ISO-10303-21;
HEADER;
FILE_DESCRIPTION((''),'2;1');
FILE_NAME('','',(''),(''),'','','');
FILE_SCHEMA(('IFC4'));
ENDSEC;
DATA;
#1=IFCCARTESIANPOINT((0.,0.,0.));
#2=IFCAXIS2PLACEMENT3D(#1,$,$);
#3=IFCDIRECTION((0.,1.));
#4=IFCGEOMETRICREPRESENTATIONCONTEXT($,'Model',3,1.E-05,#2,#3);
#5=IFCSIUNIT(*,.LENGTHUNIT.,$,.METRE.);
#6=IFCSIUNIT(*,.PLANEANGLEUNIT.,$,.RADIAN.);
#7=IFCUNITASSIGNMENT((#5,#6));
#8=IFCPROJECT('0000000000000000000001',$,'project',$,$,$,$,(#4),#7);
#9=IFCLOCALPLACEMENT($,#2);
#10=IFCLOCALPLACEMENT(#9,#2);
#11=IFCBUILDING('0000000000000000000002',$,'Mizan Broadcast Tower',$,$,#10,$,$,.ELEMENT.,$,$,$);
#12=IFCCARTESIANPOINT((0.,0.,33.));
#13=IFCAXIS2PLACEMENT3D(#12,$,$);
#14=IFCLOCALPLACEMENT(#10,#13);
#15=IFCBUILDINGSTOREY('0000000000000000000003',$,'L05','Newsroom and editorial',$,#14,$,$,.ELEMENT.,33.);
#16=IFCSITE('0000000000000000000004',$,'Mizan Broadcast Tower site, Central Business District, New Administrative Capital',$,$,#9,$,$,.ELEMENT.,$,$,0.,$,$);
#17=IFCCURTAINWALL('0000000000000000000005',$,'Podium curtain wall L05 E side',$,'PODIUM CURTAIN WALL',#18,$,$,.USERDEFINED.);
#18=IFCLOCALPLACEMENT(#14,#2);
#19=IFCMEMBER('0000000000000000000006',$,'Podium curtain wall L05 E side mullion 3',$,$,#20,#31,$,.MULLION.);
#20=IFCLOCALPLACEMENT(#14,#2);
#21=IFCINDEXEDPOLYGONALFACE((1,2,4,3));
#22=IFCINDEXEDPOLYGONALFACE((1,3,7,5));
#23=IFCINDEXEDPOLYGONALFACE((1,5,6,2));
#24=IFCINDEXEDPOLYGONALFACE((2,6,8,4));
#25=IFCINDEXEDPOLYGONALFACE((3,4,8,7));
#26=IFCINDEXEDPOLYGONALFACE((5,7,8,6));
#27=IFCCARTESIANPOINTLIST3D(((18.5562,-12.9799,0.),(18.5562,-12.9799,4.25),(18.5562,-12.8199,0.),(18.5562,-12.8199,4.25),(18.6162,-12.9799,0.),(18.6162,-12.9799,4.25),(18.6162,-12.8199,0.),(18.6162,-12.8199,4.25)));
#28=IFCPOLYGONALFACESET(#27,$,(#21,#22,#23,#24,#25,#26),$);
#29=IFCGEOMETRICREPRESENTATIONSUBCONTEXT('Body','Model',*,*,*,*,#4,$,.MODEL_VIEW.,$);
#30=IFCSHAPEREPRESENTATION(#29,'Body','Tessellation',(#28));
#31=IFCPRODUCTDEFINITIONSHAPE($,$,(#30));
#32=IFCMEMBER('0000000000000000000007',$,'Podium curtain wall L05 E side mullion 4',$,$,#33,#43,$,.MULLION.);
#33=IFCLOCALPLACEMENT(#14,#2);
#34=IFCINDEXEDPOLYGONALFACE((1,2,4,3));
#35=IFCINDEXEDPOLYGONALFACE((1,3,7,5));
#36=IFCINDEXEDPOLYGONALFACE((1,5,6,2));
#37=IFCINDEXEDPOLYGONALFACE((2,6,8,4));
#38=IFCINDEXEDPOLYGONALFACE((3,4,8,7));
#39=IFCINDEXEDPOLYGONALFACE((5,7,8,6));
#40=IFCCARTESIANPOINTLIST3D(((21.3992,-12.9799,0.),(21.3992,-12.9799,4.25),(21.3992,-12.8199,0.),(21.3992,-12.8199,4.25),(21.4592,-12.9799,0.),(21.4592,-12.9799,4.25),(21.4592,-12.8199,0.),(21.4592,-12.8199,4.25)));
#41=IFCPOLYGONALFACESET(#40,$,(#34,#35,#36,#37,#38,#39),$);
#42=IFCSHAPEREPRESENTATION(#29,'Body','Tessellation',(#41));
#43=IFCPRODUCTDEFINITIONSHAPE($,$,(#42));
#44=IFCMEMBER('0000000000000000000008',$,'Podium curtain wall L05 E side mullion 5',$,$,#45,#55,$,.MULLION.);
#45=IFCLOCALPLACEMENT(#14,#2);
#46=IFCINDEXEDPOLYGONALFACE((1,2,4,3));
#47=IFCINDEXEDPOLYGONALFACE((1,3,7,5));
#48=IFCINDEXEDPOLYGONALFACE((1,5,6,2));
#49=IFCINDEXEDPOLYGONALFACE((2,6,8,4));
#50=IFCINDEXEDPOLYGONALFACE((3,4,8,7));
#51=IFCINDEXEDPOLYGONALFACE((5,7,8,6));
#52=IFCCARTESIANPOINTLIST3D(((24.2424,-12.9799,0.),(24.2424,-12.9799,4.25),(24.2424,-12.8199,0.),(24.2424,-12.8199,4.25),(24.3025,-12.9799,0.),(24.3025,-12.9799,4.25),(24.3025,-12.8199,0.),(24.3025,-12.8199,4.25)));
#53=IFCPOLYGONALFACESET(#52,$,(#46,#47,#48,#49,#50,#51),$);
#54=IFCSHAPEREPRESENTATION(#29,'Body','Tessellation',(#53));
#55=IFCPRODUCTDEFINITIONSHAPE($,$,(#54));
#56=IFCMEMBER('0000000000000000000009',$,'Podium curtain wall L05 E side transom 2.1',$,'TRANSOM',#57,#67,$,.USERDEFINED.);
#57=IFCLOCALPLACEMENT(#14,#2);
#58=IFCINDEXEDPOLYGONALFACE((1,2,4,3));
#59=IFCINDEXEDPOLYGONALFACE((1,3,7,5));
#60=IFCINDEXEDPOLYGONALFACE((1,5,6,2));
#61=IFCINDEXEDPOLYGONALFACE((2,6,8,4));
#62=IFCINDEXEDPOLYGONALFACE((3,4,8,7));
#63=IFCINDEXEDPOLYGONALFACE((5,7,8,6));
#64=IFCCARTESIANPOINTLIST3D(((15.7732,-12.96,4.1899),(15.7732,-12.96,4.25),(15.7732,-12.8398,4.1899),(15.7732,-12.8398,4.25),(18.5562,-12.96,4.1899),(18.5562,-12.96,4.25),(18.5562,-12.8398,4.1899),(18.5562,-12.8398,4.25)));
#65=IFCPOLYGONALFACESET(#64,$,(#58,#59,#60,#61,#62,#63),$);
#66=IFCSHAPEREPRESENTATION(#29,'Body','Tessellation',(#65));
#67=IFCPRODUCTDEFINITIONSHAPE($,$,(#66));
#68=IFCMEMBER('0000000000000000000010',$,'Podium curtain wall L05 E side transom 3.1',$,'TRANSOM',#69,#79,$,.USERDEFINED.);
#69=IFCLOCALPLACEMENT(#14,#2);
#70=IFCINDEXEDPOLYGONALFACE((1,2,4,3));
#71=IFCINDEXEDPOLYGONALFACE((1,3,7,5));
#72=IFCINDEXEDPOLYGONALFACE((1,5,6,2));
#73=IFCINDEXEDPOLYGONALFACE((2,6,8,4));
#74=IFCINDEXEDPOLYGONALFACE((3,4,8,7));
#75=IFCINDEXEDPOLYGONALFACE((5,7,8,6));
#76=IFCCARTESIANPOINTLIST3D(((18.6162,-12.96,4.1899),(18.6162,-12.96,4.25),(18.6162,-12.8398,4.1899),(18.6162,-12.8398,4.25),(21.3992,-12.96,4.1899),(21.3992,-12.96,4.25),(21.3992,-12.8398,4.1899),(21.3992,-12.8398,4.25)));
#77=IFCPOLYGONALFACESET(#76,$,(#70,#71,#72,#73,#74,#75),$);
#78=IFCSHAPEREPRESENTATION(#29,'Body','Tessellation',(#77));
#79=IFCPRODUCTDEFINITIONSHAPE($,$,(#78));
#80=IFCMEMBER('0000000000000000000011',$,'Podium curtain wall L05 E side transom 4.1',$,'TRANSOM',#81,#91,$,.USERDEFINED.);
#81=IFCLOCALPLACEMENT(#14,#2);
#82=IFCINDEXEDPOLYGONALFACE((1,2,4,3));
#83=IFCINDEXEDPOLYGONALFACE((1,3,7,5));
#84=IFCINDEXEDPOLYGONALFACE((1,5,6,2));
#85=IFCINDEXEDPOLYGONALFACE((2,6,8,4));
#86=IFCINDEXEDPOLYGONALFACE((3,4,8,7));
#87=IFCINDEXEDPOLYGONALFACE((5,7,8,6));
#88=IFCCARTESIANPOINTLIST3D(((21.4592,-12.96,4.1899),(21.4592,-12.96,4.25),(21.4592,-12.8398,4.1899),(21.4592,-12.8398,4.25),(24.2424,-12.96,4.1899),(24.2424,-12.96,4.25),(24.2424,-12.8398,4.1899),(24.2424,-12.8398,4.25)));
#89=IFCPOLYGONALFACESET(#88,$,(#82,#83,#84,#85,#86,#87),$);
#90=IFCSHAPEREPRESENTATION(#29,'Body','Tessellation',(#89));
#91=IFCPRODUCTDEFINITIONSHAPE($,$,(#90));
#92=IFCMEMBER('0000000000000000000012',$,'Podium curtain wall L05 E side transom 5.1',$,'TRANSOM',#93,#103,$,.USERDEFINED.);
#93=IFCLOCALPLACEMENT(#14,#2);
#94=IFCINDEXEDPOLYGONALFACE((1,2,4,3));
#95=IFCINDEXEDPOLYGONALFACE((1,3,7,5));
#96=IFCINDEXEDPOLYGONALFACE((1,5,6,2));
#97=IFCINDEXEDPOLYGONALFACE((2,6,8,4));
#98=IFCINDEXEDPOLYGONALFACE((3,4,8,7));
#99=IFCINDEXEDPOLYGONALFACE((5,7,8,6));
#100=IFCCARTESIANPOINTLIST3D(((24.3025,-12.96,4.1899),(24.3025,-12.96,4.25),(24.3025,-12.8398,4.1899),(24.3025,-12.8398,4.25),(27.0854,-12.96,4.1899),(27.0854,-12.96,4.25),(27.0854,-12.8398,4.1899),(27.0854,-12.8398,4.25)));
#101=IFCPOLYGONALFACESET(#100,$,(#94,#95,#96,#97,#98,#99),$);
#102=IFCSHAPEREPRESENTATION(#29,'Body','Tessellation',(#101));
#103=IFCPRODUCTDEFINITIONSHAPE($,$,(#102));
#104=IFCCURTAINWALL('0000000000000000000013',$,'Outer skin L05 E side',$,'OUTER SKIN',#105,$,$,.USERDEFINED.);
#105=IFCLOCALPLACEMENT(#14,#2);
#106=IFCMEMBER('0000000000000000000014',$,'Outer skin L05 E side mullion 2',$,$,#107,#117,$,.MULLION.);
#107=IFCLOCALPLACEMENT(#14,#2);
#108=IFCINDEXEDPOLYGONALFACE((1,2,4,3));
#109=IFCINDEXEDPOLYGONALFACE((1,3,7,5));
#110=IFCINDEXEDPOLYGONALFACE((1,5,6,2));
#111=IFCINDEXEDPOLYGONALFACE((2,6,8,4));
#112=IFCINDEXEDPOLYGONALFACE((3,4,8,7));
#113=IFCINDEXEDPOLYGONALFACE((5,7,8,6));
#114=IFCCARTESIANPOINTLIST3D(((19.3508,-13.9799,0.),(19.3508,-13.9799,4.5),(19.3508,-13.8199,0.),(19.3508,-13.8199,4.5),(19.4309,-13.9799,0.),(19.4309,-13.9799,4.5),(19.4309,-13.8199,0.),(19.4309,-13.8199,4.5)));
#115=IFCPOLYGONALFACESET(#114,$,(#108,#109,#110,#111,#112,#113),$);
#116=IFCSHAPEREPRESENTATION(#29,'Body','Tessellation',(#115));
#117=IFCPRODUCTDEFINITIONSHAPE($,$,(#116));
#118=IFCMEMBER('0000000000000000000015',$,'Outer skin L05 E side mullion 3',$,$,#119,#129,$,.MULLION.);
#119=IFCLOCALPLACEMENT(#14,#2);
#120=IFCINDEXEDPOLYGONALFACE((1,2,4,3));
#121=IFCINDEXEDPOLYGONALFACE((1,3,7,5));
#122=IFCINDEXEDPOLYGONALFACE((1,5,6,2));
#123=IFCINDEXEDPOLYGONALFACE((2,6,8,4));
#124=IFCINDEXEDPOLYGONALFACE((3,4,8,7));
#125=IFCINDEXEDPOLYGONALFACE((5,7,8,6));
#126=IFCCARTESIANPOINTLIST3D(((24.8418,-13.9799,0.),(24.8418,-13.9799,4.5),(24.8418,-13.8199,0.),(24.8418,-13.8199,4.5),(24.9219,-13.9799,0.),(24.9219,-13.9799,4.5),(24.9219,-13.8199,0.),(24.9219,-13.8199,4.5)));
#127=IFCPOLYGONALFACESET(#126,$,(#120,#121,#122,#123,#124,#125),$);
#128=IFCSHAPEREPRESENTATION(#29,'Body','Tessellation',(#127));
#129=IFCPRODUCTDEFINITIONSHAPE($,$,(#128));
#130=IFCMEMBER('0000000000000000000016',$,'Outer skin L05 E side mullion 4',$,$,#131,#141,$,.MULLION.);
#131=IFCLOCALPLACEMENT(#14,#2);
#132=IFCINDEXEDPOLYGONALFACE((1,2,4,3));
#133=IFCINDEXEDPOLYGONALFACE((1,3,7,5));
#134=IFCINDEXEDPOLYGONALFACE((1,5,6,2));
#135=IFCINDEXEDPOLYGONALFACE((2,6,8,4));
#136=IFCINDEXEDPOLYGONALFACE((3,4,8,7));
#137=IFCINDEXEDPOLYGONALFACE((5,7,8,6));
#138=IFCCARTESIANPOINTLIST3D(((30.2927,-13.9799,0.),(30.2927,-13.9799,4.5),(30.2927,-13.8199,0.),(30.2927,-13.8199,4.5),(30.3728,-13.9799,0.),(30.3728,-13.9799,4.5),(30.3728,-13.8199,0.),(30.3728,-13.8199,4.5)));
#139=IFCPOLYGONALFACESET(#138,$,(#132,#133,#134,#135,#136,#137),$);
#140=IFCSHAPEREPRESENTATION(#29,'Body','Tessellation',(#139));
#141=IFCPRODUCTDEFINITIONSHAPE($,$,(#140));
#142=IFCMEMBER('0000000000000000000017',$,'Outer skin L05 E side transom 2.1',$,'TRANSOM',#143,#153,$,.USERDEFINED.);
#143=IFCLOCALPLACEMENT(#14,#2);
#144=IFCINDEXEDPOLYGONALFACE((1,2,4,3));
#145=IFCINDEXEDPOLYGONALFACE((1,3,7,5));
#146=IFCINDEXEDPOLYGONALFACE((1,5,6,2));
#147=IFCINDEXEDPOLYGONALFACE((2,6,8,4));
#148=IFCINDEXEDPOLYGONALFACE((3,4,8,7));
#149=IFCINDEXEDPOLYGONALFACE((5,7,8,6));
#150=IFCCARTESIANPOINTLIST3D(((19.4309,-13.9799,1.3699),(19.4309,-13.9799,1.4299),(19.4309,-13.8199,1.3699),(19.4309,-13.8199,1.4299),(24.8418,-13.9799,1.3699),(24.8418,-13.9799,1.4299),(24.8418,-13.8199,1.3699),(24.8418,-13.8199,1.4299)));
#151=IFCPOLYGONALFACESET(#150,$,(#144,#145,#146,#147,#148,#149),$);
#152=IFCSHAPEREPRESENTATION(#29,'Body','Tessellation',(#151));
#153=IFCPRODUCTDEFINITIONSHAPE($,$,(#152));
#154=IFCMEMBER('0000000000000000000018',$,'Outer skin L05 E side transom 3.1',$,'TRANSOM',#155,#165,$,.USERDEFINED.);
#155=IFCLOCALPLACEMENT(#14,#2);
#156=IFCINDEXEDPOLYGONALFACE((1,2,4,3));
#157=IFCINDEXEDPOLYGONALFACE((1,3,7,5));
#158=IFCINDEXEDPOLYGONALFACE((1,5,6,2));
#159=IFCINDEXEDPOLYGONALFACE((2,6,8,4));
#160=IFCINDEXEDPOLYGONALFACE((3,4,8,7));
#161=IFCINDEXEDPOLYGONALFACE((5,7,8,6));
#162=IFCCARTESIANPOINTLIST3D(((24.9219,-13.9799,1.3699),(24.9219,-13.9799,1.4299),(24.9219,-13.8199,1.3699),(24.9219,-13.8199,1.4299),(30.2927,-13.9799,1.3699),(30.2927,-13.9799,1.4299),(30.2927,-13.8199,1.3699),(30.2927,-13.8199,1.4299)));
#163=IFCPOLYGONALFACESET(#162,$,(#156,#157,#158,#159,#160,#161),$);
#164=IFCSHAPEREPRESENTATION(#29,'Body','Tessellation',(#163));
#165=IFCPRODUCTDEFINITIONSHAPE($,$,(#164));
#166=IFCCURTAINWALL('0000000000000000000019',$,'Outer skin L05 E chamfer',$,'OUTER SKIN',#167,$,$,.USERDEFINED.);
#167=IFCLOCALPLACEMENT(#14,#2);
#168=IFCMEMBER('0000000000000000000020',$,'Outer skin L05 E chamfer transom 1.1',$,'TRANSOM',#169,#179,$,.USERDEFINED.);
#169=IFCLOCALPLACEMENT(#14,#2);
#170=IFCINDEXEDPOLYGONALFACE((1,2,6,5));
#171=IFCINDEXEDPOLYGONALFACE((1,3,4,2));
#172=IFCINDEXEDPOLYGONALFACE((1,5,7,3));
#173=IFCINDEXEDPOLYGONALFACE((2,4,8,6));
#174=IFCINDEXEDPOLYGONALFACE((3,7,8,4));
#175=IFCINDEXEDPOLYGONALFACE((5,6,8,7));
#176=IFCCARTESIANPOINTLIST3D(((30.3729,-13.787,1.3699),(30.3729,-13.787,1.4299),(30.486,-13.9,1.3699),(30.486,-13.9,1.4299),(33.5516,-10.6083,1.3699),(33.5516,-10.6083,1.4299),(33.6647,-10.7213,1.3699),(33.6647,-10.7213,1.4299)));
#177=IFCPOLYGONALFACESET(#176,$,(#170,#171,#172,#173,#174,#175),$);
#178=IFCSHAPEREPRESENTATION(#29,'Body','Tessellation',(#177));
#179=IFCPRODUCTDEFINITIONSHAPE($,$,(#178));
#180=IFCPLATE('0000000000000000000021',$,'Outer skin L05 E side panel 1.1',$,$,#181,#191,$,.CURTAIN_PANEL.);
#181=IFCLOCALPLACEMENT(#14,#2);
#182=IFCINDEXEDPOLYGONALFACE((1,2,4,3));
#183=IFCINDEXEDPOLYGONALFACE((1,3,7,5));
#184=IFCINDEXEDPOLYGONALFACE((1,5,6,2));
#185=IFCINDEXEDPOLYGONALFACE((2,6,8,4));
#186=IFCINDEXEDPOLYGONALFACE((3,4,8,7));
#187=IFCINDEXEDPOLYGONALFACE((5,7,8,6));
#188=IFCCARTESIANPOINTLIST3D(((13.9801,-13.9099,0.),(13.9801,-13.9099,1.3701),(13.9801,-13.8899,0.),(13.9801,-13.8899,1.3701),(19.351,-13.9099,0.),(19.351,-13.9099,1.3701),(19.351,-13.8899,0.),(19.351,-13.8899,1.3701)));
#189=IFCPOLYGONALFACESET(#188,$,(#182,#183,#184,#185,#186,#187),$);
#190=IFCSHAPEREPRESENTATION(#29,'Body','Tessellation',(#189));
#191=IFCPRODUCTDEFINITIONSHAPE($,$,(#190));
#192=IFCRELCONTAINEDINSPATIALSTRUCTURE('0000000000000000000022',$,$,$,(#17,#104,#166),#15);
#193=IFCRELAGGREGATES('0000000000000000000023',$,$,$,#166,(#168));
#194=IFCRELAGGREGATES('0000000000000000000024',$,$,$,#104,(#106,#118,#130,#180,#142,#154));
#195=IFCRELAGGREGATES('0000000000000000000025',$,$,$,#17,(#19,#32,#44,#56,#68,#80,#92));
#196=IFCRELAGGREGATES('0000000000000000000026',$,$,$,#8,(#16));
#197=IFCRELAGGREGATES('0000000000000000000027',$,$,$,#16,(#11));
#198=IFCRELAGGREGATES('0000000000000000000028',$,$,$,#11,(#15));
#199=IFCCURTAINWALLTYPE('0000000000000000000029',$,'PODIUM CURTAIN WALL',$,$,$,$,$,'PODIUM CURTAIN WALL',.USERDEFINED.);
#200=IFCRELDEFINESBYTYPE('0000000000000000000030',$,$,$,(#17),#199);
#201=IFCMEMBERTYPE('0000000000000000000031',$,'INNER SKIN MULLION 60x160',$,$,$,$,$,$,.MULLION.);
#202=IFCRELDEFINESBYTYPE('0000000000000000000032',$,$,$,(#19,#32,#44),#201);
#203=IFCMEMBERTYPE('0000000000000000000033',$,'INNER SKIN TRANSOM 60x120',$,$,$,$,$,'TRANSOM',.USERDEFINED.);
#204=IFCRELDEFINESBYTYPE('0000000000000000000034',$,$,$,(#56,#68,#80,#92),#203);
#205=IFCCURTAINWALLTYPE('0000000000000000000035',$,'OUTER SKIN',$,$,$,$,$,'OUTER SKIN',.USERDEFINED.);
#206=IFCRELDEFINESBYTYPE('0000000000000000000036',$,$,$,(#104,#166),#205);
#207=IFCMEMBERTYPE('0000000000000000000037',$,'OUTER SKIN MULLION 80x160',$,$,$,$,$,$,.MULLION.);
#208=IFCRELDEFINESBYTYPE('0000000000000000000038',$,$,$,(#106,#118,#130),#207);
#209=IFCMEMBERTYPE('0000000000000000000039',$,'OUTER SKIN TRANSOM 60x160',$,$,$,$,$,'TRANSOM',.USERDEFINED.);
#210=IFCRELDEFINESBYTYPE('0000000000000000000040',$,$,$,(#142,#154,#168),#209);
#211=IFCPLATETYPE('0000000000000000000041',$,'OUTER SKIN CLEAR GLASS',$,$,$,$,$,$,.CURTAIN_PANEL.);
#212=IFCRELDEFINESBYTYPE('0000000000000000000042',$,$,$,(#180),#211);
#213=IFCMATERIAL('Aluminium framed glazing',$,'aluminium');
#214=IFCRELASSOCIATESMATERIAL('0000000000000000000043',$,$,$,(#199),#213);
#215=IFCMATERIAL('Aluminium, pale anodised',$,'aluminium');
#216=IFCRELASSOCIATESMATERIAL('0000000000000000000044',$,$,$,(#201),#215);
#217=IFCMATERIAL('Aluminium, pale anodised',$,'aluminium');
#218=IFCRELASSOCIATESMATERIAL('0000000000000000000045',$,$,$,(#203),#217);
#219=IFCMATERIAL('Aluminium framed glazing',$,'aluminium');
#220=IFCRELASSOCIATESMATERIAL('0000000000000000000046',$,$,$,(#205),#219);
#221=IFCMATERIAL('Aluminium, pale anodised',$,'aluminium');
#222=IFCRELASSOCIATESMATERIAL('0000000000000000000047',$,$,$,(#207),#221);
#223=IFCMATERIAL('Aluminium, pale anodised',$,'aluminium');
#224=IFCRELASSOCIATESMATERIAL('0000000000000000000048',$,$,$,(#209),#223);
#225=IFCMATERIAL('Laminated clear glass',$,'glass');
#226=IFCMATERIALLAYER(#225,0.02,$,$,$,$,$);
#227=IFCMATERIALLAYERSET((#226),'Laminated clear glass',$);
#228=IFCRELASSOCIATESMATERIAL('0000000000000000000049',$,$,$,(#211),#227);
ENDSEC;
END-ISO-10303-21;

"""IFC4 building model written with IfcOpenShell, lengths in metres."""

from ifc_helpers import new_model, si_unit, direction, frame, origin, origin_2d, place, context, subcontext, project, spatial, rectangle, extrude, material, layer, layer_set, material_profile, profile_set, type_object, element, aggregate, save


model = new_model("IFC4")

# Units and contexts
model_context = context("Model", 3, precision=1e-05, world=origin(), true_north=direction((0.0, 1.0)))
body_context = subcontext(model_context, "Body", "Model", "MODEL_VIEW")
ifc_project = project(units=[si_unit("LENGTHUNIT", "METRE"), si_unit("PLANEANGLEUNIT", "RADIAN")], contexts=[model_context])

# Site, building, storey
site_placement = place(None, origin())
site = spatial("IfcSite", under=ifc_project, at=site_placement, Name="Mizan Broadcast Tower site, Central Business District, New Administrative Capital", CompositionType="ELEMENT", RefElevation=0.0)
building_placement = place(site_placement, origin())
building = spatial("IfcBuilding", under=site, at=building_placement, Name="Mizan Broadcast Tower", CompositionType="ELEMENT")
storey_placement = place(building_placement, frame((0.0, 0.0, 33.0)))
storey = spatial("IfcBuildingStorey", under=building, at=storey_placement, Name="L05", Description="Newsroom and editorial", CompositionType="ELEMENT", Elevation=33.0)

# Curtain walls, members
ifc_material_1 = material(Name="Aluminium framed glazing", Category="aluminium")
curtain_wall_type_1 = type_object("IfcCurtainWallType", Name="PODIUM CURTAIN WALL", ElementType="PODIUM CURTAIN WALL", PredefinedType="USERDEFINED", material=ifc_material_1)
curtain_wall_1_placement = place(storey_placement, origin())
curtain_wall_1 = element("IfcCurtainWall", 1, at=curtain_wall_1_placement, inside=storey, type_object=curtain_wall_type_1, Name="Podium curtain wall L05 E side", ObjectType="PODIUM CURTAIN WALL", PredefinedType="USERDEFINED")
ifc_material_2 = material(Name="Aluminium, pale anodised", Category="aluminium")
ifc_material_profile_1 = material_profile(ifc_material_2, rectangle(XDim=0.1599, YDim=0.0601, at=origin_2d()), Name="MULLION 160x60")
ifc_profile_set_1 = profile_set([ifc_material_profile_1], Name="Aluminium, pale anodised")
member_type_1 = type_object("IfcMemberType", Name="INNER SKIN MULLION 60x160", PredefinedType="MULLION", material=ifc_profile_set_1)
member_1_placement = place(storey_placement, frame((18.5862, -12.8999, 0.0), z_axis=(0.0, 0.0, 1.0), x_axis=(0.0, 1.0, 0.0)))
member_1 = element("IfcMember", 2, at=member_1_placement, type_object=member_type_1, Name="Podium curtain wall L05 E side mullion 3", PredefinedType="MULLION", context=body_context, shape_type="SweptSolid", body=[
    extrude(rectangle(XDim=0.1599, YDim=0.0601, at=origin_2d()), origin(), (0.0, 0.0, 1.0), 4.25),
])
member_2_placement = place(storey_placement, frame((21.4292, -12.8999, 0.0), z_axis=(0.0, 0.0, 1.0), x_axis=(0.0, 1.0, 0.0)))
member_2 = element("IfcMember", 3, at=member_2_placement, type_object=member_type_1, Name="Podium curtain wall L05 E side mullion 4", PredefinedType="MULLION", context=body_context, shape_type="SweptSolid", body=[
    extrude(rectangle(XDim=0.1599, YDim=0.0601, at=origin_2d()), origin(), (0.0, 0.0, 1.0), 4.25),
])
member_3_placement = place(storey_placement, frame((24.2725, -12.8999, 0.0), z_axis=(0.0, 0.0, 1.0), x_axis=(0.0, 1.0, 0.0)))
member_3 = element("IfcMember", 4, at=member_3_placement, type_object=member_type_1, Name="Podium curtain wall L05 E side mullion 5", PredefinedType="MULLION", context=body_context, shape_type="SweptSolid", body=[
    extrude(rectangle(XDim=0.1599, YDim=0.0601, at=origin_2d()), origin(), (0.0, 0.0, 1.0), 4.25),
])
ifc_material_3 = material(Name="Aluminium, pale anodised", Category="aluminium")
ifc_material_profile_2 = material_profile(ifc_material_3, rectangle(XDim=0.1201, YDim=0.0601, at=origin_2d()), Name="TRANSOM 120x60")
ifc_profile_set_2 = profile_set([ifc_material_profile_2], Name="Aluminium, pale anodised")
member_type_2 = type_object("IfcMemberType", Name="INNER SKIN TRANSOM 60x120", ElementType="TRANSOM", PredefinedType="USERDEFINED", material=ifc_profile_set_2)
member_4_placement = place(storey_placement, frame((15.7732, -12.8999, 4.22), z_axis=(1.0, 0.0, 0.0), x_axis=(0.0, 1.0, 0.0)))
member_4 = element("IfcMember", 5, at=member_4_placement, type_object=member_type_2, Name="Podium curtain wall L05 E side transom 2.1", ObjectType="TRANSOM", PredefinedType="USERDEFINED", context=body_context, shape_type="SweptSolid", body=[
    extrude(rectangle(XDim=0.1201, YDim=0.0601, at=origin_2d()), origin(), (0.0, 0.0, 1.0), 2.783),
])
member_5_placement = place(storey_placement, frame((18.6162, -12.8999, 4.22), z_axis=(1.0, 0.0, 0.0), x_axis=(0.0, 1.0, 0.0)))
member_5 = element("IfcMember", 6, at=member_5_placement, type_object=member_type_2, Name="Podium curtain wall L05 E side transom 3.1", ObjectType="TRANSOM", PredefinedType="USERDEFINED", context=body_context, shape_type="SweptSolid", body=[
    extrude(rectangle(XDim=0.1201, YDim=0.0601, at=origin_2d()), origin(), (0.0, 0.0, 1.0), 2.783),
])
member_6_placement = place(storey_placement, frame((21.4592, -12.8999, 4.22), z_axis=(1.0, 0.0, 0.0), x_axis=(0.0, 1.0, 0.0)))
member_6 = element("IfcMember", 7, at=member_6_placement, type_object=member_type_2, Name="Podium curtain wall L05 E side transom 4.1", ObjectType="TRANSOM", PredefinedType="USERDEFINED", context=body_context, shape_type="SweptSolid", body=[
    extrude(rectangle(XDim=0.1201, YDim=0.0601, at=origin_2d()), origin(), (0.0, 0.0, 1.0), 2.7832),
])
member_7_placement = place(storey_placement, frame((24.3025, -12.8999, 4.22), z_axis=(1.0, 0.0, 0.0), x_axis=(0.0, 1.0, 0.0)))
member_7 = element("IfcMember", 8, at=member_7_placement, type_object=member_type_2, Name="Podium curtain wall L05 E side transom 5.1", ObjectType="TRANSOM", PredefinedType="USERDEFINED", context=body_context, shape_type="SweptSolid", body=[
    extrude(rectangle(XDim=0.1201, YDim=0.0601, at=origin_2d()), origin(), (0.0, 0.0, 1.0), 2.783),
])
ifc_material_4 = material(Name="Aluminium framed glazing", Category="aluminium")
curtain_wall_type_2 = type_object("IfcCurtainWallType", Name="OUTER SKIN", ElementType="OUTER SKIN", PredefinedType="USERDEFINED", material=ifc_material_4)
curtain_wall_2_placement = place(storey_placement, origin())
curtain_wall_2 = element("IfcCurtainWall", 9, at=curtain_wall_2_placement, inside=storey, type_object=curtain_wall_type_2, Name="Outer skin L05 E side", ObjectType="OUTER SKIN", PredefinedType="USERDEFINED")
ifc_material_5 = material(Name="Aluminium, pale anodised", Category="aluminium")
ifc_material_profile_3 = material_profile(ifc_material_5, rectangle(XDim=0.1599, YDim=0.0801, at=origin_2d()), Name="MULLION 160x80")
ifc_profile_set_3 = profile_set([ifc_material_profile_3], Name="Aluminium, pale anodised")
member_type_3 = type_object("IfcMemberType", Name="OUTER SKIN MULLION 80x160", PredefinedType="MULLION", material=ifc_profile_set_3)
member_8_placement = place(storey_placement, frame((19.3909, -13.8999, 0.0), z_axis=(0.0, 0.0, 1.0), x_axis=(0.0, 1.0, 0.0)))
member_8 = element("IfcMember", 10, at=member_8_placement, type_object=member_type_3, Name="Outer skin L05 E side mullion 2", PredefinedType="MULLION", context=body_context, shape_type="SweptSolid", body=[
    extrude(rectangle(XDim=0.1599, YDim=0.0801, at=origin_2d()), origin(), (0.0, 0.0, 1.0), 4.5),
])
member_9_placement = place(storey_placement, frame((24.8818, -13.8999, 0.0), z_axis=(0.0, 0.0, 1.0), x_axis=(0.0, 1.0, 0.0)))
member_9 = element("IfcMember", 11, at=member_9_placement, type_object=member_type_3, Name="Outer skin L05 E side mullion 3", PredefinedType="MULLION", context=body_context, shape_type="SweptSolid", body=[
    extrude(rectangle(XDim=0.1599, YDim=0.0801, at=origin_2d()), origin(), (0.0, 0.0, 1.0), 4.5),
])
member_10_placement = place(storey_placement, frame((30.3328, -13.8999, 0.0), z_axis=(0.0, 0.0, 1.0), x_axis=(0.0, 1.0, 0.0)))
member_10 = element("IfcMember", 12, at=member_10_placement, type_object=member_type_3, Name="Outer skin L05 E side mullion 4", PredefinedType="MULLION", context=body_context, shape_type="SweptSolid", body=[
    extrude(rectangle(XDim=0.1599, YDim=0.0801, at=origin_2d()), origin(), (0.0, 0.0, 1.0), 4.5),
])
ifc_material_6 = material(Name="Aluminium, pale anodised", Category="aluminium")
ifc_material_profile_4 = material_profile(ifc_material_6, rectangle(XDim=0.1599, YDim=0.0601, at=origin_2d()), Name="TRANSOM 160x60")
ifc_profile_set_4 = profile_set([ifc_material_profile_4], Name="Aluminium, pale anodised")
member_type_4 = type_object("IfcMemberType", Name="OUTER SKIN TRANSOM 60x160", ElementType="TRANSOM", PredefinedType="USERDEFINED", material=ifc_profile_set_4)
member_11_placement = place(storey_placement, frame((19.4309, -13.8999, 1.3999), z_axis=(1.0, 0.0, 0.0), x_axis=(0.0, 1.0, 0.0)))
member_11 = element("IfcMember", 13, at=member_11_placement, type_object=member_type_4, Name="Outer skin L05 E side transom 2.1", ObjectType="TRANSOM", PredefinedType="USERDEFINED", context=body_context, shape_type="SweptSolid", body=[
    extrude(rectangle(XDim=0.1599, YDim=0.0601, at=origin_2d()), origin(), (0.0, 0.0, 1.0), 5.4109),
])
member_12_placement = place(storey_placement, frame((24.9219, -13.8999, 1.3999), z_axis=(1.0, 0.0, 0.0), x_axis=(0.0, 1.0, 0.0)))
member_12 = element("IfcMember", 14, at=member_12_placement, type_object=member_type_4, Name="Outer skin L05 E side transom 3.1", ObjectType="TRANSOM", PredefinedType="USERDEFINED", context=body_context, shape_type="SweptSolid", body=[
    extrude(rectangle(XDim=0.1599, YDim=0.0601, at=origin_2d()), origin(), (0.0, 0.0, 1.0), 5.3708),
])

# Curtain wall, member
curtain_wall_3_placement = place(storey_placement, origin())
curtain_wall_3 = element("IfcCurtainWall", 15, at=curtain_wall_3_placement, inside=storey, type_object=curtain_wall_type_2, Name="Outer skin L05 E chamfer", ObjectType="OUTER SKIN", PredefinedType="USERDEFINED")
member_13_placement = place(storey_placement, frame((30.4294, -13.8435, 1.3999), z_axis=(0.707107, 0.707107, 0.0), x_axis=(-0.707107, 0.707107, 0.0)))
member_13 = element("IfcMember", 16, at=member_13_placement, type_object=member_type_4, Name="Outer skin L05 E chamfer transom 1.1", ObjectType="TRANSOM", PredefinedType="USERDEFINED", context=body_context, shape_type="SweptSolid", body=[
    extrude(rectangle(XDim=0.1599, YDim=0.0601, at=origin_2d()), origin(), (0.0, 0.0, 1.0), 4.4954),
])
aggregate(curtain_wall_3, [member_13])

# Plate
ifc_material_7 = material(Name="Laminated clear glass", Category="glass")
ifc_layer_1 = layer(ifc_material_7, 0.02)
ifc_layer_set_1 = layer_set([ifc_layer_1], Name="Laminated clear glass")
plate_type_1 = type_object("IfcPlateType", Name="OUTER SKIN CLEAR GLASS", PredefinedType="CURTAIN_PANEL", material=ifc_layer_set_1)
plate_1_placement = place(storey_placement, frame((16.6655, -13.8999, 0.0), z_axis=(0.0, 0.0, 1.0), x_axis=(1.0, 0.0, 0.0)))
plate_1 = element("IfcPlate", 17, at=plate_1_placement, type_object=plate_type_1, Name="Outer skin L05 E side panel 1.1", PredefinedType="CURTAIN_PANEL", context=body_context, shape_type="SweptSolid", body=[
    extrude(rectangle(XDim=5.3708, YDim=0.02, at=origin_2d()), origin(), (0.0, 0.0, 1.0), 1.3701),
])
aggregate(curtain_wall_2, [member_8, member_9, member_10, plate_1, member_11, member_12])
aggregate(curtain_wall_1, [member_1, member_2, member_3, member_4, member_5, member_6, member_7])

save(model, "model.ifc")
